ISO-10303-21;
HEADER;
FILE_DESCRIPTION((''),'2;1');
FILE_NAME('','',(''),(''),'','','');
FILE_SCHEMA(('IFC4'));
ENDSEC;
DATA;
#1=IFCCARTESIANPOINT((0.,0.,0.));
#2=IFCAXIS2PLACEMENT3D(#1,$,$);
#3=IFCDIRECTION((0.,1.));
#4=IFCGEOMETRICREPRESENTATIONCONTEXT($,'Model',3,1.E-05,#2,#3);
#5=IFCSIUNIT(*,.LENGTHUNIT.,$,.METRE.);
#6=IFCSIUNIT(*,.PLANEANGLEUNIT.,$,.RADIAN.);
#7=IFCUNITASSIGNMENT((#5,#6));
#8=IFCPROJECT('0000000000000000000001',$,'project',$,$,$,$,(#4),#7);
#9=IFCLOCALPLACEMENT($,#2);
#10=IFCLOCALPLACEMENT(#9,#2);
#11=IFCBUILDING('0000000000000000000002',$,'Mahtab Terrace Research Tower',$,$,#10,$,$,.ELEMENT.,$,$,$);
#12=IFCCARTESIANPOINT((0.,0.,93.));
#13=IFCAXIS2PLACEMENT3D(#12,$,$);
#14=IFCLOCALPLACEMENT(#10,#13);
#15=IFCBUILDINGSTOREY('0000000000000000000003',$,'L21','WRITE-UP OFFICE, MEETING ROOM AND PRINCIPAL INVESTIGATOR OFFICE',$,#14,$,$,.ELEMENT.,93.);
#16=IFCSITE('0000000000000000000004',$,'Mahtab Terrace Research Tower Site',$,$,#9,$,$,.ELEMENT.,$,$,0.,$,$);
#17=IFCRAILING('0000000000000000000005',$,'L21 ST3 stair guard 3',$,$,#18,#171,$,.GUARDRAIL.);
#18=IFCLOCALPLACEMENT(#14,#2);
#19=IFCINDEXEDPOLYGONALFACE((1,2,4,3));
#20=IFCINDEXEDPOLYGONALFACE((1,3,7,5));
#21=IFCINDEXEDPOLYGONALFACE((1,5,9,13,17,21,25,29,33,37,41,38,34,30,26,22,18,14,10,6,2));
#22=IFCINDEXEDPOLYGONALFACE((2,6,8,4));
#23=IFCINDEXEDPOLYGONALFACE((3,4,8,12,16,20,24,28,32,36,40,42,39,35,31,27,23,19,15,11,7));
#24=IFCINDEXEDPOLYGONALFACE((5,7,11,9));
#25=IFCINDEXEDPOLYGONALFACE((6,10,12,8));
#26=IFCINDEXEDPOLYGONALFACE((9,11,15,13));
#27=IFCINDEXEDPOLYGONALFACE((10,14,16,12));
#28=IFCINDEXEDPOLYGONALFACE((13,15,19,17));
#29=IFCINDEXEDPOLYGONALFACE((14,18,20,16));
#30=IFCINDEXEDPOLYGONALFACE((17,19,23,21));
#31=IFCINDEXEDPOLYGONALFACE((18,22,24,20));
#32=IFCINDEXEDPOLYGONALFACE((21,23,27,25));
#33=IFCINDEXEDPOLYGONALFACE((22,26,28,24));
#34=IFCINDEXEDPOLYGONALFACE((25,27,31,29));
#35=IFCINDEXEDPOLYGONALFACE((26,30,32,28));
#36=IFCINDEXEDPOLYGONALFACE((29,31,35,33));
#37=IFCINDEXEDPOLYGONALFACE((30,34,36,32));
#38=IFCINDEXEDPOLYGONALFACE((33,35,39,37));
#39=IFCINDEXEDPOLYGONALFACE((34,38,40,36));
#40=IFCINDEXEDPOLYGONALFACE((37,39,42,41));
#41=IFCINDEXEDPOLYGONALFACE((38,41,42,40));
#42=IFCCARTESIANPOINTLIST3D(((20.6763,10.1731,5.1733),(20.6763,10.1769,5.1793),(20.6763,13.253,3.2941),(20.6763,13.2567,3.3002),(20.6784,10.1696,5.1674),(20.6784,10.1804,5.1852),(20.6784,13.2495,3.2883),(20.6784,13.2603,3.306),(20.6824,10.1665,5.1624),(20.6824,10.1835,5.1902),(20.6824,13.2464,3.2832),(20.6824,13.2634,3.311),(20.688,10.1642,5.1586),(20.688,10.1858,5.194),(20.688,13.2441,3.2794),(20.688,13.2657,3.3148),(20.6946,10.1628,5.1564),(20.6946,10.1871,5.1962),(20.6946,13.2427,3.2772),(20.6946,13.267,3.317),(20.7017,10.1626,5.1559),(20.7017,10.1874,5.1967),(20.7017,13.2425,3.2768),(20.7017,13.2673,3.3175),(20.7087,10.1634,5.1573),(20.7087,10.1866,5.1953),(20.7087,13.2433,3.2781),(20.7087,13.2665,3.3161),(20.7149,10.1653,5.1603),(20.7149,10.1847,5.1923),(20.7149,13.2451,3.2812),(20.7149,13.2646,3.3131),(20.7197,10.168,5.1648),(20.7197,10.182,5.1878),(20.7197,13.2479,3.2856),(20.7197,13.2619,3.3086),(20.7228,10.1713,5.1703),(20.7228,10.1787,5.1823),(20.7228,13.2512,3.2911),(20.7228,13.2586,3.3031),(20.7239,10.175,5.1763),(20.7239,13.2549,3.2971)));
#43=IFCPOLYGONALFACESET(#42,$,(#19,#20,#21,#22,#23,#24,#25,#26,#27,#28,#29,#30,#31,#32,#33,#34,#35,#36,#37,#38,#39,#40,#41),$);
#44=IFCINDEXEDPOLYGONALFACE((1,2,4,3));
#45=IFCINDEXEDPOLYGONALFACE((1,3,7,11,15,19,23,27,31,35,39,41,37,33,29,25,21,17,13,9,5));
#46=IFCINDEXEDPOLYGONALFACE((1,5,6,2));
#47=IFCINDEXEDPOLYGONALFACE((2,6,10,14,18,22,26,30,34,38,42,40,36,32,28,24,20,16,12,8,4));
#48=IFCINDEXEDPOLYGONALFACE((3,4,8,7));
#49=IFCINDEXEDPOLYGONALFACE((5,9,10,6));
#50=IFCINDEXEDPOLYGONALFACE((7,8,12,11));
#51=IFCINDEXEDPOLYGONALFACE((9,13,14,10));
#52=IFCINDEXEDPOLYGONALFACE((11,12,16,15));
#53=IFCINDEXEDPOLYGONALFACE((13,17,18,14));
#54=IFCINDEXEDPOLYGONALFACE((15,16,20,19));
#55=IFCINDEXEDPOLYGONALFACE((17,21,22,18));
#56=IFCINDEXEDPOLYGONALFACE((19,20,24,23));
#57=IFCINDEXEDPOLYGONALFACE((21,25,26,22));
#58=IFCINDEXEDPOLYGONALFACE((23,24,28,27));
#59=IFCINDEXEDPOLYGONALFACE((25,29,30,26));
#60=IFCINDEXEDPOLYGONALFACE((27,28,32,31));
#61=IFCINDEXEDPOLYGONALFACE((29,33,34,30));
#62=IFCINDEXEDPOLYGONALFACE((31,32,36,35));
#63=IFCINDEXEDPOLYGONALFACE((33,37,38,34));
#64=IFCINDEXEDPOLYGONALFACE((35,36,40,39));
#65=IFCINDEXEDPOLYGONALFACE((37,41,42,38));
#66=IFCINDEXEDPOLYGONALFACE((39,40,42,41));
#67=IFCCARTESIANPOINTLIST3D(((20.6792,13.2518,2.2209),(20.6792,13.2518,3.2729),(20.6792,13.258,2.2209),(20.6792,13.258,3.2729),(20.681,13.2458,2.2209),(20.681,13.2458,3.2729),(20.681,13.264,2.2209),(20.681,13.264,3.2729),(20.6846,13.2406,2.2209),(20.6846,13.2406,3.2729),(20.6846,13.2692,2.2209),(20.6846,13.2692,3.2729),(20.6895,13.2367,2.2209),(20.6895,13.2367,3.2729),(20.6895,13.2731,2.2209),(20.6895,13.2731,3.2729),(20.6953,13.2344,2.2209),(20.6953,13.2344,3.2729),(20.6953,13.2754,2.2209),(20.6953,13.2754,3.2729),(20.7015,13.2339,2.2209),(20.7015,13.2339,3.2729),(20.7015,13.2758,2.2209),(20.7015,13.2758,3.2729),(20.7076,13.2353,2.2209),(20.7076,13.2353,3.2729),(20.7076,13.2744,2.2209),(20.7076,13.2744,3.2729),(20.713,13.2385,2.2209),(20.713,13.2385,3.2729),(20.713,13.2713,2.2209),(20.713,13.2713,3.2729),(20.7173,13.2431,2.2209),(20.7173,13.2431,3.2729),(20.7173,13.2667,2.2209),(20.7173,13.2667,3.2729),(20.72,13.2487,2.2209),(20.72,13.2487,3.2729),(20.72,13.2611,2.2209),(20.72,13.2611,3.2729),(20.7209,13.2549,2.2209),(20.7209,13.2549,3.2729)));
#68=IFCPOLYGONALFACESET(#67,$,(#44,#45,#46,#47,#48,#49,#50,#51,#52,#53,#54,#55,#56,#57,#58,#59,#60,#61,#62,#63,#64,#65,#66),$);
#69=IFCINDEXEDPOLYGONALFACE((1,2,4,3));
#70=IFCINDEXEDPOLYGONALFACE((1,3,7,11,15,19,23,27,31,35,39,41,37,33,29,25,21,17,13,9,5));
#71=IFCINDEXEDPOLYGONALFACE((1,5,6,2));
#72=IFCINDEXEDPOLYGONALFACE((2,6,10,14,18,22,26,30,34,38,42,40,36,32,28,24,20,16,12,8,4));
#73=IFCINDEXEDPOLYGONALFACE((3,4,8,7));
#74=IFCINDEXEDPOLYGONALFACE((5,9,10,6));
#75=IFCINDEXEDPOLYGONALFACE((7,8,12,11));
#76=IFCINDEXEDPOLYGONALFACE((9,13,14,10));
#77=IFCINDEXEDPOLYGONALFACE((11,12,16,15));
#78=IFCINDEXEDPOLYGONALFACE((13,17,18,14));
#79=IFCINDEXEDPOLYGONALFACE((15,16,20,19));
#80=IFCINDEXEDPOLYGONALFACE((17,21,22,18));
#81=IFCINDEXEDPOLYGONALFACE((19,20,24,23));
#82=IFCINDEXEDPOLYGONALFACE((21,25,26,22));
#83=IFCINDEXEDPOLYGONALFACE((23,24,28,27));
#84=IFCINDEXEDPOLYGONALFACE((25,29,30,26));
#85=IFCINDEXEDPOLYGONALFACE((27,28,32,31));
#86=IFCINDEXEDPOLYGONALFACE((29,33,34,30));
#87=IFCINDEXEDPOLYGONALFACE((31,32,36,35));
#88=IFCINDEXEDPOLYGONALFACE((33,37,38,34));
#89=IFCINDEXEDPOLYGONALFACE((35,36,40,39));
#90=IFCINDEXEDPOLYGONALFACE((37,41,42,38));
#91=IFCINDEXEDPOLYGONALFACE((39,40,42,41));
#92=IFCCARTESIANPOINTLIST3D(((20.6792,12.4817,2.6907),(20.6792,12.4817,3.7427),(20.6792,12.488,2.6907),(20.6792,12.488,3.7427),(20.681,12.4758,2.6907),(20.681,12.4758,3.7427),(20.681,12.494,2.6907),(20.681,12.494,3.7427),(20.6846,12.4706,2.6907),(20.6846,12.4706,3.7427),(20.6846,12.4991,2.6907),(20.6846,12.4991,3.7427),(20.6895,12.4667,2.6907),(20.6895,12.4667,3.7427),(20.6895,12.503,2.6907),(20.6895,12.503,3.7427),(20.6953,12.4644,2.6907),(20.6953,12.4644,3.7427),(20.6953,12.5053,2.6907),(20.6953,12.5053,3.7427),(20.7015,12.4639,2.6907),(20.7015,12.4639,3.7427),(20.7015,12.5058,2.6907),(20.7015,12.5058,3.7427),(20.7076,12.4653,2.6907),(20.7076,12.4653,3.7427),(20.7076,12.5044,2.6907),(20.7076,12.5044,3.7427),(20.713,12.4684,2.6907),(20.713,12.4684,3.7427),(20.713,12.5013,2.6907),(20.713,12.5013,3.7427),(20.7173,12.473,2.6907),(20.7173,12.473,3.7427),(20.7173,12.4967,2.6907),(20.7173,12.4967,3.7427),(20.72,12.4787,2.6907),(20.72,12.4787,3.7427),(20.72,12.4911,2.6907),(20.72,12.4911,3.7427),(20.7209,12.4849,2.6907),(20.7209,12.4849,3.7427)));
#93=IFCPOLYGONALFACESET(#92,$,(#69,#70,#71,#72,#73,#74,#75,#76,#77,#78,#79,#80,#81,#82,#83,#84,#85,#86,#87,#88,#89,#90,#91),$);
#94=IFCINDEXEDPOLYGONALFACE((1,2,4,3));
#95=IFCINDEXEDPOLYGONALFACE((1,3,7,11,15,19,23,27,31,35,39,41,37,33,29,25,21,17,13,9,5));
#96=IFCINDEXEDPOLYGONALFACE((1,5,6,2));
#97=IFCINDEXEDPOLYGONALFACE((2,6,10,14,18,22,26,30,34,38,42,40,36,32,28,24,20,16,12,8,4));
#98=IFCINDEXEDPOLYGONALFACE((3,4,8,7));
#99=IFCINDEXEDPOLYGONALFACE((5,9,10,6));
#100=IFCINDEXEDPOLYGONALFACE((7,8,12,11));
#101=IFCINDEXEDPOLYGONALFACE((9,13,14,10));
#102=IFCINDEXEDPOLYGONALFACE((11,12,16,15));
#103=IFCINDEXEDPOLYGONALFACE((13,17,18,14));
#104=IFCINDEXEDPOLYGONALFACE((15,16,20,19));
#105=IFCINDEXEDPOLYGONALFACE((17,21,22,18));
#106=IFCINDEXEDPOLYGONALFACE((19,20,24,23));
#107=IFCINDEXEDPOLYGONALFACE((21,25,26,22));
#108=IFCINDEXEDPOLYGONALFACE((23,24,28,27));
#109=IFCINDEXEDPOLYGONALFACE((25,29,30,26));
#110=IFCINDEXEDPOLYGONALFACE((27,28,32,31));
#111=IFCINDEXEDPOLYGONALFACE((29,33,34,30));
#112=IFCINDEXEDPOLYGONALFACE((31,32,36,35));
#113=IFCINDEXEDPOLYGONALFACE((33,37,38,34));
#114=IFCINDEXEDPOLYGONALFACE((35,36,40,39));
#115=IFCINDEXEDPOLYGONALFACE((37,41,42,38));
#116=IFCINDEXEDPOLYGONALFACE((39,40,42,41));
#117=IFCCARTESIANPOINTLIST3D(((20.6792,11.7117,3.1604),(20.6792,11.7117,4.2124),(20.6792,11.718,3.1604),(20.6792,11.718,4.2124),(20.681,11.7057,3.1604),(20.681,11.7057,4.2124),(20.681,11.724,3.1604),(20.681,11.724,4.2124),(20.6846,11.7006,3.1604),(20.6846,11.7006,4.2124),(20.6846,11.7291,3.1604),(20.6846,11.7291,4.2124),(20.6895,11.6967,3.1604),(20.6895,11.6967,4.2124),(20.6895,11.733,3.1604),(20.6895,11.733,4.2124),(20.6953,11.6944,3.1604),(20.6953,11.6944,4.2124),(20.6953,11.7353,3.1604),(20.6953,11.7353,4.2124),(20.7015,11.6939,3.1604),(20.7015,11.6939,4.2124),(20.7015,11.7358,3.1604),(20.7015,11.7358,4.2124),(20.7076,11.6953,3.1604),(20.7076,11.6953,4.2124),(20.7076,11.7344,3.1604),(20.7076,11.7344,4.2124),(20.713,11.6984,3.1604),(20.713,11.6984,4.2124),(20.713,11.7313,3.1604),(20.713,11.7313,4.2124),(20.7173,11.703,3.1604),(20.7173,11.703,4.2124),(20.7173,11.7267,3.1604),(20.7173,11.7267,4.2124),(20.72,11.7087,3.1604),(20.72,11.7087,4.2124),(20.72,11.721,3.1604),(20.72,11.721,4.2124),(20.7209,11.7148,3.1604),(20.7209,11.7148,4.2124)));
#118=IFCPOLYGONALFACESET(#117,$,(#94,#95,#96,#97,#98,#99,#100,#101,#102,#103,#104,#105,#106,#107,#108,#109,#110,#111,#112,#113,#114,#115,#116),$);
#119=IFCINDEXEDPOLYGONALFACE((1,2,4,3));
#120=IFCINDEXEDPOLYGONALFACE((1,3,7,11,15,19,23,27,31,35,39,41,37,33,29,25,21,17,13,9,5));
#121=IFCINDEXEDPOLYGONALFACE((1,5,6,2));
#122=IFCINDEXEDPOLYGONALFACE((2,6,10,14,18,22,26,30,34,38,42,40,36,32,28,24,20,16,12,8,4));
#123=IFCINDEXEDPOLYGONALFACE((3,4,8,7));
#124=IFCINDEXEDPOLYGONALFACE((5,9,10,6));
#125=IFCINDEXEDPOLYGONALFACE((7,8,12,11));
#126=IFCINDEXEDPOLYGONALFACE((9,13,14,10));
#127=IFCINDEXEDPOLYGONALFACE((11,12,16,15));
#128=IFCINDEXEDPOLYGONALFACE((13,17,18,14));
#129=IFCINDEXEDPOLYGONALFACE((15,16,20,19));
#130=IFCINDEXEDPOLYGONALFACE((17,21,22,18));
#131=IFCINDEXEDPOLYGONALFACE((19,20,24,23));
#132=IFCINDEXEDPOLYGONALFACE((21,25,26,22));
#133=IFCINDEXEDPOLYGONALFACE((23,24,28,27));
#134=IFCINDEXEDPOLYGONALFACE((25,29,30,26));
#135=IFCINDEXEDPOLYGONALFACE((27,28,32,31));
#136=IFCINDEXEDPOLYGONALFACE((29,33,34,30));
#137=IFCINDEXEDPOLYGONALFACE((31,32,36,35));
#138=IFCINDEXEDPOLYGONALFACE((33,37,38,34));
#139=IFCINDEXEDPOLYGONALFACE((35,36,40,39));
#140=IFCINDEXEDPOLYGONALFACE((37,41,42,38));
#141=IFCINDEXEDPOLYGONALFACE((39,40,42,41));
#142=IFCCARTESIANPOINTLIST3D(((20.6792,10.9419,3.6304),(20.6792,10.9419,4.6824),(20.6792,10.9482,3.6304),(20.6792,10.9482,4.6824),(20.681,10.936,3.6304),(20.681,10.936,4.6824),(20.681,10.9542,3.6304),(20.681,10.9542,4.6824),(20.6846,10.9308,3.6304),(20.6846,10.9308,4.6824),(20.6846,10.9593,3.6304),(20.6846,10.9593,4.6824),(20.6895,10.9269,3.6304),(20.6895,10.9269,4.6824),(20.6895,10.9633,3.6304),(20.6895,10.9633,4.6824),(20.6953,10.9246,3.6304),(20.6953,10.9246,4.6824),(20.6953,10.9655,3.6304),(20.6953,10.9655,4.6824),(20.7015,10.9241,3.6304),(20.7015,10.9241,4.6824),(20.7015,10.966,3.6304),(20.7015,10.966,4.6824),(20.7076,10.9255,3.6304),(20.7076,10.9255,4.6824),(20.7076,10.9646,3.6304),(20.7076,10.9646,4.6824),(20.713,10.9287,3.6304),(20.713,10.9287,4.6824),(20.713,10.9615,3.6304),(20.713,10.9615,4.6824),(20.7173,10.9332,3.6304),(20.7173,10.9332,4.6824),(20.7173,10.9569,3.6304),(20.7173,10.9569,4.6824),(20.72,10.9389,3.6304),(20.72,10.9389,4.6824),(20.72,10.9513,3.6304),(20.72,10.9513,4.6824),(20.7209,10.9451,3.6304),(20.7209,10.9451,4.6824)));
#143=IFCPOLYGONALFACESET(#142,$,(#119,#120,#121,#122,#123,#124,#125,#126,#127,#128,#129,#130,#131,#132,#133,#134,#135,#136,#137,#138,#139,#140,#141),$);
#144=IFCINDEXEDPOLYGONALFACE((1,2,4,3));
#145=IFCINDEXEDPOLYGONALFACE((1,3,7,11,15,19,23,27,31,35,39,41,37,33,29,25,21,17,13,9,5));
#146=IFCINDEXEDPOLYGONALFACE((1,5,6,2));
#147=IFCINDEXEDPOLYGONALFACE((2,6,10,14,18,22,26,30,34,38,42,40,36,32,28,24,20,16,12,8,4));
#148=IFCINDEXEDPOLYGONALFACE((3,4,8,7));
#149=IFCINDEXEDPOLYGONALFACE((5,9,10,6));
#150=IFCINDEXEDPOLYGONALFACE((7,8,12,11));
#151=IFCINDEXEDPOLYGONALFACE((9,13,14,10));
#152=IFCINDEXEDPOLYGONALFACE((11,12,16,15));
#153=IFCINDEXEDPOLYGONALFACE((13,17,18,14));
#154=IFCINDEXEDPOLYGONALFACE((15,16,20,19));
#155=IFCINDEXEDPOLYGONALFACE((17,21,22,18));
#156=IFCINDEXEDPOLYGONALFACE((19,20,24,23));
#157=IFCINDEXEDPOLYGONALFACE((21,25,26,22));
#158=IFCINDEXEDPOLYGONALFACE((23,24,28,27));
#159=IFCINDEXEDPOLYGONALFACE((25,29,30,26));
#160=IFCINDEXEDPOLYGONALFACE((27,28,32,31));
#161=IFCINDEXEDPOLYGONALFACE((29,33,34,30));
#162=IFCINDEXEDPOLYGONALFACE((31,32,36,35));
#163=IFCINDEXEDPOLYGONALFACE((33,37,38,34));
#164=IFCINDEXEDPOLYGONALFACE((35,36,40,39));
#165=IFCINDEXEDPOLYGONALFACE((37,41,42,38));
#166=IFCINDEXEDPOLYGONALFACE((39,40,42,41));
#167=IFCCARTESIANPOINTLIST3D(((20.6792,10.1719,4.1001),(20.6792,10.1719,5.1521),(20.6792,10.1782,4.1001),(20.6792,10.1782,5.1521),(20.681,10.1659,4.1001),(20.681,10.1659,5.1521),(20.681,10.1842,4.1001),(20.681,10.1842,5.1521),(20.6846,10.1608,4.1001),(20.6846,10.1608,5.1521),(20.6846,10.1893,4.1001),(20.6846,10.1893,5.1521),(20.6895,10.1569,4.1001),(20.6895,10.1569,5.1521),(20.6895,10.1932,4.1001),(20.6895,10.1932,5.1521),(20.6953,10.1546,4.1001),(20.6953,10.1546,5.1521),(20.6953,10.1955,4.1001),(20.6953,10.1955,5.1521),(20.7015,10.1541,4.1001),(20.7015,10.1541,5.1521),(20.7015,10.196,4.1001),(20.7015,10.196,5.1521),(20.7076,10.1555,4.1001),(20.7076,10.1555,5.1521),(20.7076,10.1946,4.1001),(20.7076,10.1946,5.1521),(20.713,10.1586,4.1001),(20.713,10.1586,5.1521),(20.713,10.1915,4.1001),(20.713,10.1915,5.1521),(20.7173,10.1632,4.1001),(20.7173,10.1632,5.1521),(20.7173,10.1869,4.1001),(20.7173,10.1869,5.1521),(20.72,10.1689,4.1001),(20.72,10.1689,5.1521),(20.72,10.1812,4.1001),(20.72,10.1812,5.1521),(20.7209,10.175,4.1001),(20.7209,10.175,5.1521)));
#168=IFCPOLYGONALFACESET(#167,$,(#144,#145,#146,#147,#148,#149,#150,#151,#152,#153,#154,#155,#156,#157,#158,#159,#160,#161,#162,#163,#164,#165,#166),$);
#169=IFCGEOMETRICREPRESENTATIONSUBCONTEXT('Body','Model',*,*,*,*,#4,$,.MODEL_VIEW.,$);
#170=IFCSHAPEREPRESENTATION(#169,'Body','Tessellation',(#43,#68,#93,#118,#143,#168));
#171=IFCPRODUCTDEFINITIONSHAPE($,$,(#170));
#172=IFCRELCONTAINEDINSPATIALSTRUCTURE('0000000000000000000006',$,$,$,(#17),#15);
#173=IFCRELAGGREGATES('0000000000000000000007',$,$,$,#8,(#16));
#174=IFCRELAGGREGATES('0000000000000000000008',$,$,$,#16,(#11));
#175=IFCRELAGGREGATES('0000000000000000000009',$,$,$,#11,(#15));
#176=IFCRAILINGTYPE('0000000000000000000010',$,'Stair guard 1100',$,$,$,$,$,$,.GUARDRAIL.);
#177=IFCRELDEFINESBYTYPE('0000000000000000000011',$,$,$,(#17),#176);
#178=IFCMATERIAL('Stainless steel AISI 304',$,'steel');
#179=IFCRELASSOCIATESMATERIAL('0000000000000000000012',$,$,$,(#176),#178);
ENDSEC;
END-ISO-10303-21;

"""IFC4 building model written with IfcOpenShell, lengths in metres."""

from ifc_helpers import new_model, si_unit, direction, frame, origin, origin_2d, place, context, subcontext, project, spatial, circle, extrude, material, type_object, element, save


model = new_model("IFC4")

# Units and contexts
model_context = context("Model", 3, precision=1e-05, world=origin(), true_north=direction((0.0, 1.0)))
body_context = subcontext(model_context, "Body", "Model", "MODEL_VIEW")
ifc_project = project(units=[si_unit("LENGTHUNIT", "METRE"), si_unit("PLANEANGLEUNIT", "RADIAN")], contexts=[model_context])

# Site, building, storey
site_placement = place(None, origin())
site = spatial("IfcSite", under=ifc_project, at=site_placement, Name="Mahtab Terrace Research Tower Site", CompositionType="ELEMENT", RefElevation=0.0)
building_placement = place(site_placement, origin())
building = spatial("IfcBuilding", under=site, at=building_placement, Name="Mahtab Terrace Research Tower", CompositionType="ELEMENT")
storey_placement = place(building_placement, frame((0.0, 0.0, 93.0)))
storey = spatial("IfcBuildingStorey", under=building, at=storey_placement, Name="L21", Description="WRITE-UP OFFICE, MEETING ROOM AND PRINCIPAL INVESTIGATOR OFFICE", CompositionType="ELEMENT", Elevation=93.0)

# Shared definitions
ifc_material_1 = material(Name="Stainless steel AISI 304", Category="steel")

# Railing
railing_type_1 = type_object("IfcRailingType", Name="Stair guard 1100", PredefinedType="GUARDRAIL", material=ifc_material_1)
railing_1_placement = place(storey_placement, frame((20.7, 13.2549, 2.2209)))
element("IfcRailing", 1, at=railing_1_placement, inside=storey, type_object=railing_type_1, Name="L21 ST3 stair guard 3", PredefinedType="GUARDRAIL", context=body_context, shape_type="SweptSolid", body=[
    extrude(circle(Radius=0.0239, at=origin_2d()), frame((0.0, 0.0, 1.0762), z_axis=(0.0, -0.853648, 0.52085), x_axis=(1.0, 0.0, 0.0)), (0.0, 0.0, 1.0), 3.6079),
    extrude(circle(Radius=0.021, at=origin_2d()), origin(), (0.0, 0.0, 1.0), 1.052),
    extrude(circle(Radius=0.021, at=origin_2d()), frame((0.0, -0.77, 0.4697)), (0.0, 0.0, 1.0), 1.052),
    extrude(circle(Radius=0.021, at=origin_2d()), frame((0.0, -1.54, 0.9395)), (0.0, 0.0, 1.0), 1.052),
    extrude(circle(Radius=0.021, at=origin_2d()), frame((0.0, -2.3098, 1.4094)), (0.0, 0.0, 1.0), 1.052),
    extrude(circle(Radius=0.021, at=origin_2d()), frame((0.0, -3.0798, 1.8792)), (0.0, 0.0, 1.0), 1.052),
])

save(model, "model.ifc")
